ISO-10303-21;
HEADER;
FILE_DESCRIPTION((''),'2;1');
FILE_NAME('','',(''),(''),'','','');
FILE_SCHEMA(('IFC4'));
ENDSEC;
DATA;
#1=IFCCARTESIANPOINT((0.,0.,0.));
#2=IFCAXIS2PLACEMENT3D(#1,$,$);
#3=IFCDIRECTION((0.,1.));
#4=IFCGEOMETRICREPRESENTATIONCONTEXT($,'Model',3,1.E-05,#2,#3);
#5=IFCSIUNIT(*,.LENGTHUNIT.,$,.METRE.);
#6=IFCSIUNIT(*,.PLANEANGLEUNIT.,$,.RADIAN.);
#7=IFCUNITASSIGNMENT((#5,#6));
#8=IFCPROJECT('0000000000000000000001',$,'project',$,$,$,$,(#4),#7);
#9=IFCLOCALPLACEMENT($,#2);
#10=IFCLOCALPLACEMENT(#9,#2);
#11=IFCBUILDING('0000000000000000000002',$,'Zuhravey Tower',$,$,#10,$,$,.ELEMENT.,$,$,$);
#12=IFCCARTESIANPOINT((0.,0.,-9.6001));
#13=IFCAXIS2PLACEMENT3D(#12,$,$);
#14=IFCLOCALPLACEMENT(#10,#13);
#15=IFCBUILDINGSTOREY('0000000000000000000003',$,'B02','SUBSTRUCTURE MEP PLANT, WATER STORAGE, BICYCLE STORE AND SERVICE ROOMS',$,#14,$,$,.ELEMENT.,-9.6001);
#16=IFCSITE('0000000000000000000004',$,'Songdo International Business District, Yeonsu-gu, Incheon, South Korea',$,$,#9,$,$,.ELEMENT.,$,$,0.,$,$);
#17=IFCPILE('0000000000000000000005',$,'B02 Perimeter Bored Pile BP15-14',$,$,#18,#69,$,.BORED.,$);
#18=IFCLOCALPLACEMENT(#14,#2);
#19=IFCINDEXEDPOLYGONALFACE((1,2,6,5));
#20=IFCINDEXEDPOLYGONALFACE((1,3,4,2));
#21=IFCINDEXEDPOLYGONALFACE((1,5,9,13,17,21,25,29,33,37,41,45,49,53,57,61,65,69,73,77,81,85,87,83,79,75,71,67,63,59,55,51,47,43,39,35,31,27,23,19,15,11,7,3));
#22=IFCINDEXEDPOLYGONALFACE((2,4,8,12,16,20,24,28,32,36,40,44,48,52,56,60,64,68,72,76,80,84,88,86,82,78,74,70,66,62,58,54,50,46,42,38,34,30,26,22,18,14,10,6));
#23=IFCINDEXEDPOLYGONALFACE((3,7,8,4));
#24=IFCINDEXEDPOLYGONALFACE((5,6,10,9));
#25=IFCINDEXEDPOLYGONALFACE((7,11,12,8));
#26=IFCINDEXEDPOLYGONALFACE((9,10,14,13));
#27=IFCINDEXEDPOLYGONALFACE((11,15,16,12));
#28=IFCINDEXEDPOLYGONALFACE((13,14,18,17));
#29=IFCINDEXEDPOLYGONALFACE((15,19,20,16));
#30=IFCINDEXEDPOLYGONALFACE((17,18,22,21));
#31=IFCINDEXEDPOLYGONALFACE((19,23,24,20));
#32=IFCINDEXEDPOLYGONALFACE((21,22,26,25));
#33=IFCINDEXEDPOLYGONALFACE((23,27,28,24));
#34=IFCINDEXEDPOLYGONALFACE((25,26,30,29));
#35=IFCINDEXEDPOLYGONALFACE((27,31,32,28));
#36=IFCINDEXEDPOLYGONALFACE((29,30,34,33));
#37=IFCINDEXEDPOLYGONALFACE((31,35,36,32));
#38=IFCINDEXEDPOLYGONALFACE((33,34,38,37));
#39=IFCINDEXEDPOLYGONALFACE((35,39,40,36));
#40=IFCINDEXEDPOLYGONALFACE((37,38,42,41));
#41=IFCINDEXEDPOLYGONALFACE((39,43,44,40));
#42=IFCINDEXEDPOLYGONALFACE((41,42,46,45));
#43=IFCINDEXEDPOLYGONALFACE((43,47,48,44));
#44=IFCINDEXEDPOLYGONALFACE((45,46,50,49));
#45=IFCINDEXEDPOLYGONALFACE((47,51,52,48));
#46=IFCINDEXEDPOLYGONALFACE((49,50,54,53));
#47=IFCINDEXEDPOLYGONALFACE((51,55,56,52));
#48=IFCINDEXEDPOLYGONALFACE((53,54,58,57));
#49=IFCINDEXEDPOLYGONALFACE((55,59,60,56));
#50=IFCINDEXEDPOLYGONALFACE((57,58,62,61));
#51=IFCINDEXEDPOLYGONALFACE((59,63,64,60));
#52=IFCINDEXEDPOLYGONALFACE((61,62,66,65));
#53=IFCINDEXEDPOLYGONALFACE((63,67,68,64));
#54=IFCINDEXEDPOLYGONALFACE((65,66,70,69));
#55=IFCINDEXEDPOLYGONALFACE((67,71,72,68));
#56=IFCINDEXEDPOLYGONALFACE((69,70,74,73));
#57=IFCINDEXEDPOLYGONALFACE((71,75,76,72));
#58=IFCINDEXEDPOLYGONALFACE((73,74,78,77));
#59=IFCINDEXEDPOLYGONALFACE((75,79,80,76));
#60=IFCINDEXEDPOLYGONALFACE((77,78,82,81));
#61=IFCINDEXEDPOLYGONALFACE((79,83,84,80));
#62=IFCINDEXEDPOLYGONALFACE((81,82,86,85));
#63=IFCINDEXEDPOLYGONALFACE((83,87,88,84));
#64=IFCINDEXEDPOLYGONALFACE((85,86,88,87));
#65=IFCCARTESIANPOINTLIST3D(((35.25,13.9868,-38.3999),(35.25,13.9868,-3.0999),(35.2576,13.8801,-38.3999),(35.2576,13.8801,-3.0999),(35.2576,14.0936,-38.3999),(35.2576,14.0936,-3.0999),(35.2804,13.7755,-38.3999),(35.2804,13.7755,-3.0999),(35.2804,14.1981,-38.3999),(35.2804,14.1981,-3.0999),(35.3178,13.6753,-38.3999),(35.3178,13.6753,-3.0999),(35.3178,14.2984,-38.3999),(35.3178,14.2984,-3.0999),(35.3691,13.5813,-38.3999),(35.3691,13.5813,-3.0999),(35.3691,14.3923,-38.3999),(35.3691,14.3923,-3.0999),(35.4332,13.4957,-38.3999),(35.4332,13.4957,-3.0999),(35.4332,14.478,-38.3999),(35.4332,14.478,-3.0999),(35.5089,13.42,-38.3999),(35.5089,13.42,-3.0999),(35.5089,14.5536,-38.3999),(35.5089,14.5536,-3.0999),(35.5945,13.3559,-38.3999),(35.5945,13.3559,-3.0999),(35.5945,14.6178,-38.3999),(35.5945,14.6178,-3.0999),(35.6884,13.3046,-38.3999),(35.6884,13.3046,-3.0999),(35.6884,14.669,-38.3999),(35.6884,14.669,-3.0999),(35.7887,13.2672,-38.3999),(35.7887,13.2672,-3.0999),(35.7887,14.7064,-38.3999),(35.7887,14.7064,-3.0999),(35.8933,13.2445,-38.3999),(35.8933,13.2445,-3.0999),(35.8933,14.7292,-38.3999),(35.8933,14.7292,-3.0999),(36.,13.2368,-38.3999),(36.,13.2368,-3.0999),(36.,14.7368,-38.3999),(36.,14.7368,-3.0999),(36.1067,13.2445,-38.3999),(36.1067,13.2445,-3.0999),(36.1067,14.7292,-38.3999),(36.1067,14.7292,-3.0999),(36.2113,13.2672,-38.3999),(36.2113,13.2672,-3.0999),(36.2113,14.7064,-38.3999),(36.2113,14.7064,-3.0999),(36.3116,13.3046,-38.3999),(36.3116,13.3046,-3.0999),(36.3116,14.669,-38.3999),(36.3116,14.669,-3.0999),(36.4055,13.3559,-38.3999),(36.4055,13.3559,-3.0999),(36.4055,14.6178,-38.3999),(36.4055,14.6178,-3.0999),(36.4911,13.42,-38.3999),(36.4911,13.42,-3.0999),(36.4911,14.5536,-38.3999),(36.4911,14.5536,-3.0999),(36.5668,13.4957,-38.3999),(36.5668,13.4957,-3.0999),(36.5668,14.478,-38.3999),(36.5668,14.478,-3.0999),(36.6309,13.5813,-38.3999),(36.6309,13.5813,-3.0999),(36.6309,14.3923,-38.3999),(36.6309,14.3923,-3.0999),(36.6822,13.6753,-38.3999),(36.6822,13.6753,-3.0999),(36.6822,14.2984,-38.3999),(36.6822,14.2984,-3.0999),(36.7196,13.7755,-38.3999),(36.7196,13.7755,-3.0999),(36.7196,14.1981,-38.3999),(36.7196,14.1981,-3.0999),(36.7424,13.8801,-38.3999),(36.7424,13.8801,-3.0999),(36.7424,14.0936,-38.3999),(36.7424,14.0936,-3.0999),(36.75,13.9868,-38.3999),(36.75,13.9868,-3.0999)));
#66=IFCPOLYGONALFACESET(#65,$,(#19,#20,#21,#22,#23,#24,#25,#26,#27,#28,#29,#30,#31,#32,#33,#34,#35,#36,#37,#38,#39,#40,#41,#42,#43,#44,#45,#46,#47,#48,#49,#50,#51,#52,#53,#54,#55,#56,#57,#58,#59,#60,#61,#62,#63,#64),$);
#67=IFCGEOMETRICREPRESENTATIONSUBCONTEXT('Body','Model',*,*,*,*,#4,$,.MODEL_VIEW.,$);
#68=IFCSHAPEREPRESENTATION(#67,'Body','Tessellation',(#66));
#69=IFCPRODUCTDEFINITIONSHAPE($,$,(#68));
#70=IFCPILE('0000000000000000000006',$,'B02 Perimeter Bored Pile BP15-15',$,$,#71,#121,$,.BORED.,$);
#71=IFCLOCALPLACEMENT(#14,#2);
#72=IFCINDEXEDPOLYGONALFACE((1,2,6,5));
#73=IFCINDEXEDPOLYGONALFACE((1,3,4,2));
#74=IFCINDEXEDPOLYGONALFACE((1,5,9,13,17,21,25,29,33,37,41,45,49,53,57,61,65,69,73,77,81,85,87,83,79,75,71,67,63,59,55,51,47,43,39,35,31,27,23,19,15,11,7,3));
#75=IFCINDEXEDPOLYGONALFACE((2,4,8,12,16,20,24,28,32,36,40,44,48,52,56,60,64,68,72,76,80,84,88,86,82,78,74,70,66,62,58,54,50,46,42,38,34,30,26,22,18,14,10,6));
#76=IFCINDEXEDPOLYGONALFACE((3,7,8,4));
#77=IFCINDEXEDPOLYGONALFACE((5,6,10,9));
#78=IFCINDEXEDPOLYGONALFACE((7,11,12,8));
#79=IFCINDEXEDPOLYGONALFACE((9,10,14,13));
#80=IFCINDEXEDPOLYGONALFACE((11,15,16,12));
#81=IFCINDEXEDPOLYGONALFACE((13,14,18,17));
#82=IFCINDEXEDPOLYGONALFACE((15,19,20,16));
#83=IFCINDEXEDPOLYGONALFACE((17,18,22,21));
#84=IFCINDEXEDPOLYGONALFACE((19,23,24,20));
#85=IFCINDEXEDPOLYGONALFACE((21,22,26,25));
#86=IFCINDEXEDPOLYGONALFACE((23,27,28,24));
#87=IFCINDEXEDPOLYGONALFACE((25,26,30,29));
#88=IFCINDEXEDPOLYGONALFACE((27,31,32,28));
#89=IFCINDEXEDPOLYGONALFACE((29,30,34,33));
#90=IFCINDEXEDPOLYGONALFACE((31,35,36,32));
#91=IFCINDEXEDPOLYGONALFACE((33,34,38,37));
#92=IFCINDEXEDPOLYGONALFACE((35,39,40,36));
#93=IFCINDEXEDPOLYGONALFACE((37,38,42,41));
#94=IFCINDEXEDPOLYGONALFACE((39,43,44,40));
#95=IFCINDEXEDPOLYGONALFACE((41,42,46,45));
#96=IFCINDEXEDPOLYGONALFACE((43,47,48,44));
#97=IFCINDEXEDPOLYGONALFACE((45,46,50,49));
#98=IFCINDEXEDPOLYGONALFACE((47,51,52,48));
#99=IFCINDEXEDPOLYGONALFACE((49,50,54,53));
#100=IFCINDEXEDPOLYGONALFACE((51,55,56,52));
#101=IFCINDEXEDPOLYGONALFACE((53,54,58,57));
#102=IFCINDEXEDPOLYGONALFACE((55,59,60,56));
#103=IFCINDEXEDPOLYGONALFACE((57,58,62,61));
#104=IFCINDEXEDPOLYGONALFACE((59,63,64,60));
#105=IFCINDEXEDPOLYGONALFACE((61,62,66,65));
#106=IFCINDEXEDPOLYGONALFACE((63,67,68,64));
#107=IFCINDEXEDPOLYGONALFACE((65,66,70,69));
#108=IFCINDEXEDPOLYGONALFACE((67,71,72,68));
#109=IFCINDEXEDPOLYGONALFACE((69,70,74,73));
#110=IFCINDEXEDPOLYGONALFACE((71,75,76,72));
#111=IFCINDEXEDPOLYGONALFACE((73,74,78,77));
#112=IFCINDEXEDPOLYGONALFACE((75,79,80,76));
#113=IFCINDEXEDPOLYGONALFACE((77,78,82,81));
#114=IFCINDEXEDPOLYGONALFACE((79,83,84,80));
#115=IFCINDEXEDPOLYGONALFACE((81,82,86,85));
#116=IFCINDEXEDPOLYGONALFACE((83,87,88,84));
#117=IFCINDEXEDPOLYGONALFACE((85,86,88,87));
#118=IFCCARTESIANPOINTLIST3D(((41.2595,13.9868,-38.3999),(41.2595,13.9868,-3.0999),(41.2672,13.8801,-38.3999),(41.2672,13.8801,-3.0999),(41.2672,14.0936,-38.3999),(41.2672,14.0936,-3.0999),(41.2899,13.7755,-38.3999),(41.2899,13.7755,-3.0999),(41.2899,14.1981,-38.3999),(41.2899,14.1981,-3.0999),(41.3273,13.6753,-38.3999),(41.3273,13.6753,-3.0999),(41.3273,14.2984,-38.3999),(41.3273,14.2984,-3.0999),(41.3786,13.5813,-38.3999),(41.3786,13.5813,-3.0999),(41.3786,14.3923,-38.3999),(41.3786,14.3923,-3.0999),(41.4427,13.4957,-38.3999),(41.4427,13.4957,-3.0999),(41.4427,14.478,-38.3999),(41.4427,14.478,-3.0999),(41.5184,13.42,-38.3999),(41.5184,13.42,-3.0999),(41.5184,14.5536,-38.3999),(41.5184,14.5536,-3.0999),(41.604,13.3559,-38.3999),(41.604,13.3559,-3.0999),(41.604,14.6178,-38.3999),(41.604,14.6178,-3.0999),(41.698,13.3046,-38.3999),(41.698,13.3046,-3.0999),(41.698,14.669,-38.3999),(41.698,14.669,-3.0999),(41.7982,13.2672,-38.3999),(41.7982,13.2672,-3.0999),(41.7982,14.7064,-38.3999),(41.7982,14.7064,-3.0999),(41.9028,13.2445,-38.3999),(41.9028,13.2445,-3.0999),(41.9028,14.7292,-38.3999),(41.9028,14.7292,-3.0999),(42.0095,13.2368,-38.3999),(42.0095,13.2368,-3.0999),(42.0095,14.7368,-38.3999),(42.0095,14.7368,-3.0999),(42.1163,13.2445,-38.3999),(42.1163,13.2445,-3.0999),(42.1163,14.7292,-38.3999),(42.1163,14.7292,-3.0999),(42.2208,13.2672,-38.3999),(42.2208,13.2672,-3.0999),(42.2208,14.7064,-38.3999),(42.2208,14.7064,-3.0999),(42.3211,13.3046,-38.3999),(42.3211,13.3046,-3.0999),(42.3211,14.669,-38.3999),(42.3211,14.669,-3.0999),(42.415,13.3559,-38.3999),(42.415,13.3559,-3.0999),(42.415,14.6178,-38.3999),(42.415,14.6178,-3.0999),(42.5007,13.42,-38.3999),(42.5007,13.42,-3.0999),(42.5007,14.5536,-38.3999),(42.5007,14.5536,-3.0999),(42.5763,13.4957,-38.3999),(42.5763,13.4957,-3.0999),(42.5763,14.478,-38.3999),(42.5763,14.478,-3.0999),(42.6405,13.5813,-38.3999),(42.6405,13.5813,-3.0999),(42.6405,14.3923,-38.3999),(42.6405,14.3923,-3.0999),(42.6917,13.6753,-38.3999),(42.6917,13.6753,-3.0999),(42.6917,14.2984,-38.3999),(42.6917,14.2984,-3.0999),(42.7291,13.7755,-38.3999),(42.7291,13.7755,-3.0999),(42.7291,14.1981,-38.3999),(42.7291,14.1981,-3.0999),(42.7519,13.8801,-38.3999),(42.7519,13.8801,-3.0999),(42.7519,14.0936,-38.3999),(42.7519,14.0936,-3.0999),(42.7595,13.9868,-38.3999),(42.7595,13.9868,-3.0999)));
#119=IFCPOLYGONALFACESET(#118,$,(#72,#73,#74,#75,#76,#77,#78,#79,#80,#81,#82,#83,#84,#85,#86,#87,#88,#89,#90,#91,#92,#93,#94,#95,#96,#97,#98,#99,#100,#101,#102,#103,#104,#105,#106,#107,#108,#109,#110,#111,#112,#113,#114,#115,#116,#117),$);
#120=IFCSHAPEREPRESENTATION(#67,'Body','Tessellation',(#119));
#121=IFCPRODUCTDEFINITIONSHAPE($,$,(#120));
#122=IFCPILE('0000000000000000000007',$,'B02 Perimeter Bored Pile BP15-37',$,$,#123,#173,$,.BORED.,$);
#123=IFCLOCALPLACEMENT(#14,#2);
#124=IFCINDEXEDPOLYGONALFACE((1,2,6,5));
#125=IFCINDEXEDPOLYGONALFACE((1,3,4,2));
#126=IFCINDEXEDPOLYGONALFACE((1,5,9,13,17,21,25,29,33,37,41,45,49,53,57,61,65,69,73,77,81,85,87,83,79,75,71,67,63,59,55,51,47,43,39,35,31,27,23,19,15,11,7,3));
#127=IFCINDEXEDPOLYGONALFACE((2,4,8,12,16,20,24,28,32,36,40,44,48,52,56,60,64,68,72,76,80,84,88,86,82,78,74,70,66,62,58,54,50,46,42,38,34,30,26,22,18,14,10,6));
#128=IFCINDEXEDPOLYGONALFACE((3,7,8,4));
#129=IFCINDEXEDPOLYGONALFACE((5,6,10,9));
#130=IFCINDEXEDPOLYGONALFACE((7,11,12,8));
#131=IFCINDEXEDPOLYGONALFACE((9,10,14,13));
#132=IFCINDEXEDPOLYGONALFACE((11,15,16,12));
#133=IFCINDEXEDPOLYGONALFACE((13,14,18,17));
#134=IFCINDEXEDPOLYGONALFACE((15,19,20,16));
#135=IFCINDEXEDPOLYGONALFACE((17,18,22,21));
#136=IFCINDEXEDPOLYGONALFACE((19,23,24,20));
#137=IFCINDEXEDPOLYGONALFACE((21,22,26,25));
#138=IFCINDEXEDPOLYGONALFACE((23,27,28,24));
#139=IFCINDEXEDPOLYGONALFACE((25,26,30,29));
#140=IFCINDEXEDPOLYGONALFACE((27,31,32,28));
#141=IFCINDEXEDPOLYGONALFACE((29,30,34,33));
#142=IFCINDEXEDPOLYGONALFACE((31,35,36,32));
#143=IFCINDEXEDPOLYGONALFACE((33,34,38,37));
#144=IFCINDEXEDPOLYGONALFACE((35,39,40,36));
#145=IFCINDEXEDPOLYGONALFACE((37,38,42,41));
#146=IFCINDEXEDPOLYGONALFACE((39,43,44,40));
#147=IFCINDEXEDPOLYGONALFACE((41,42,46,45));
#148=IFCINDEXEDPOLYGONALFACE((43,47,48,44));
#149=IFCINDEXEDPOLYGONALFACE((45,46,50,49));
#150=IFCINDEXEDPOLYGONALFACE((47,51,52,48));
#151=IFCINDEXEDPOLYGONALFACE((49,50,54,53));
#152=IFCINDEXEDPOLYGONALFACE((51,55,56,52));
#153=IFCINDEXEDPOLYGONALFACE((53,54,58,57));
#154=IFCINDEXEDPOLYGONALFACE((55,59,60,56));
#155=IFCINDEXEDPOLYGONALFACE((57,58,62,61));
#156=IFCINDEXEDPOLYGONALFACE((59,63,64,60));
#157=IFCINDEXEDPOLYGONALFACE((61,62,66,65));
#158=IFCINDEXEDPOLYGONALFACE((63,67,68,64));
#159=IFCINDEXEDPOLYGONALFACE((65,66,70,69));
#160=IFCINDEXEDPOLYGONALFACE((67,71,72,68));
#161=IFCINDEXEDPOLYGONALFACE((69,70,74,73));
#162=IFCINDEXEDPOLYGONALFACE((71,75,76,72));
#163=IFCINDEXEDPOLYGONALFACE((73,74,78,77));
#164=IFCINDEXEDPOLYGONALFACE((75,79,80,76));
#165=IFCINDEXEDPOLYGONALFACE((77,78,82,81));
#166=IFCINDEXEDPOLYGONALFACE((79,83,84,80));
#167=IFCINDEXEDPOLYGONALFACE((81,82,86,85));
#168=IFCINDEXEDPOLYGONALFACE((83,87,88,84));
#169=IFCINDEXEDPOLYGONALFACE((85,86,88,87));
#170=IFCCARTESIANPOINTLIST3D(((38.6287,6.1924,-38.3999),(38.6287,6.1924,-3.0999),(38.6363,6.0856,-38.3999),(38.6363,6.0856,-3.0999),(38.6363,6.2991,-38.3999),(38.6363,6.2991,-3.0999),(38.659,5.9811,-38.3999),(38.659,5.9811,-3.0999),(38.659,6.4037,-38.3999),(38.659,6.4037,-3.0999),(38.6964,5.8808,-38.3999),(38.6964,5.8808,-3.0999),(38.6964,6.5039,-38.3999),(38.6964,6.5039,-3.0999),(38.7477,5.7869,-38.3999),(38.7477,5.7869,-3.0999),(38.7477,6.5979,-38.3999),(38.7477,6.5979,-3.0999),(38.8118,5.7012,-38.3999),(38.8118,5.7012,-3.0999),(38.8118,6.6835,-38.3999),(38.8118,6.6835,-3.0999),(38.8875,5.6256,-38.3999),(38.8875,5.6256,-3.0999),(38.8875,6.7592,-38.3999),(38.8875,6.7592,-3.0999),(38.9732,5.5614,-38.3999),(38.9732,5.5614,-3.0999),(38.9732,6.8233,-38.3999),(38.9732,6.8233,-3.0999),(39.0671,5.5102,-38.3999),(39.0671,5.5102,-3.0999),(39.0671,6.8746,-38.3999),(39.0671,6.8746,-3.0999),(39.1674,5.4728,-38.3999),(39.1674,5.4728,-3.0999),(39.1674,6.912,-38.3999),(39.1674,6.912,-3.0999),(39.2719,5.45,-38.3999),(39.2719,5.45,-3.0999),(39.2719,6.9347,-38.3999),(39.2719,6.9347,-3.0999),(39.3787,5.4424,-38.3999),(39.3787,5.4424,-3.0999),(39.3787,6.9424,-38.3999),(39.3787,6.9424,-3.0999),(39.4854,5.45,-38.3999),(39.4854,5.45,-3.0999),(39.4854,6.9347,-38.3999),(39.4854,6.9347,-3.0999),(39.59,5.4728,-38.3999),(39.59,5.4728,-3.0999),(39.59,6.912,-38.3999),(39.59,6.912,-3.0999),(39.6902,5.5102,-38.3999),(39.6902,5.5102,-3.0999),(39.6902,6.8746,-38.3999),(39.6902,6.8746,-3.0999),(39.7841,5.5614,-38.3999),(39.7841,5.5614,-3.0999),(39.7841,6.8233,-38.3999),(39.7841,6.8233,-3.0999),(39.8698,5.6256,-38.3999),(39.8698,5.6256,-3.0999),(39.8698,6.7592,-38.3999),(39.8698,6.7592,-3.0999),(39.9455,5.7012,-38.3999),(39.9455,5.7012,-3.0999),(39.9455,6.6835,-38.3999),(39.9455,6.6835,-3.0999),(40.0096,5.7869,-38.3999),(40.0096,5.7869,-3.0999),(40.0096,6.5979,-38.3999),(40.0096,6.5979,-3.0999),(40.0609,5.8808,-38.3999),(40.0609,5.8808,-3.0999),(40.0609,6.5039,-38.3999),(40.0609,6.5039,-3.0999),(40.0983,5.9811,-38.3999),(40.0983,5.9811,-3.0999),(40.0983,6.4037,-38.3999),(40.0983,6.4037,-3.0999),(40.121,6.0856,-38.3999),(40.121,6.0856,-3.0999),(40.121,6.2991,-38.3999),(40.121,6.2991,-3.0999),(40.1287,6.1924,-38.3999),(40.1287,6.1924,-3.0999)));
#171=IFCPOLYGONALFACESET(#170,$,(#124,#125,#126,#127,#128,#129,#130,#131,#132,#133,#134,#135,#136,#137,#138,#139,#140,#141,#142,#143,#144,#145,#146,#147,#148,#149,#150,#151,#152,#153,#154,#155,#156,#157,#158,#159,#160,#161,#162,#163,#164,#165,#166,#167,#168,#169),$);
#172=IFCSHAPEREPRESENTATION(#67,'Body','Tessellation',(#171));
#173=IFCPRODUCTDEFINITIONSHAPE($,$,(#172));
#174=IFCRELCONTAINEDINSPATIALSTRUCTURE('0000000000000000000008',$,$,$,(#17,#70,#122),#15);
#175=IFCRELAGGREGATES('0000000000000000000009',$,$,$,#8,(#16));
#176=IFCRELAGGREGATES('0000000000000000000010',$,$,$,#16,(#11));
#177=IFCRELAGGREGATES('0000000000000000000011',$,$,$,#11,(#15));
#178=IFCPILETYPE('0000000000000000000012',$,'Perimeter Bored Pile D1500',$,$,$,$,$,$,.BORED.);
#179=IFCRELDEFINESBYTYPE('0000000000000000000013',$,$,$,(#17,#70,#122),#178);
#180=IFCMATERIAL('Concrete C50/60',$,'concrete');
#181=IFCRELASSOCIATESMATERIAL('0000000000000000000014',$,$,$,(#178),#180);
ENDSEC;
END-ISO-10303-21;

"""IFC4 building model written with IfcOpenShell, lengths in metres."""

from ifc_helpers import new_model, si_unit, direction, frame, origin, origin_2d, place, context, subcontext, project, spatial, circle, extrude, material, material_profile, profile_set, type_object, element, save


model = new_model("IFC4")

# Units and contexts
model_context = context("Model", 3, precision=1e-05, world=origin(), true_north=direction((0.0, 1.0)))
body_context = subcontext(model_context, "Body", "Model", "MODEL_VIEW")
ifc_project = project(units=[si_unit("LENGTHUNIT", "METRE"), si_unit("PLANEANGLEUNIT", "RADIAN")], contexts=[model_context])

# Site, building, storey
site_placement = place(None, origin())
site = spatial("IfcSite", under=ifc_project, at=site_placement, Name="Songdo International Business District, Yeonsu-gu, Incheon, South Korea", CompositionType="ELEMENT", RefElevation=0.0)
building_placement = place(site_placement, origin())
building = spatial("IfcBuilding", under=site, at=building_placement, Name="Zuhravey Tower", CompositionType="ELEMENT")
storey_placement = place(building_placement, frame((0.0, 0.0, -9.6001)))
storey = spatial("IfcBuildingStorey", under=building, at=storey_placement, Name="B02", Description="SUBSTRUCTURE MEP PLANT, WATER STORAGE, BICYCLE STORE AND SERVICE ROOMS", CompositionType="ELEMENT", Elevation=-9.6001)

# Piles
ifc_material_1 = material(Name="Concrete C50/60", Category="concrete")
ifc_material_profile_1 = material_profile(ifc_material_1, circle(Radius=0.75, at=origin_2d()), Name="PILE-D1500")
ifc_profile_set_1 = profile_set([ifc_material_profile_1], Name="Concrete C50/60")
pile_type = type_object("IfcPileType", Name="Perimeter Bored Pile D1500", PredefinedType="BORED", material=ifc_profile_set_1)
for number, where, z_axis, x_axis, name in (
    (1, (36.0, 13.9868, -3.0999), (0.0, 0.0, -1.0), (1.0, 0.0, 0.0), "B02 Perimeter Bored Pile BP15-14"),
    (2, (42.0095, 13.9868, -3.0999), (0.0, 0.0, -1.0), (1.0, 0.0, 0.0), "B02 Perimeter Bored Pile BP15-15"),
    (3, (39.3787, 6.1924, -3.0999), (0.0, 0.0, -1.0), (1.0, 0.0, 0.0), "B02 Perimeter Bored Pile BP15-37"),
):
    element("IfcPile", number, at=place(storey_placement, frame(where, z_axis=z_axis, x_axis=x_axis)), inside=storey, type_object=pile_type, Name=name, PredefinedType="BORED", context=body_context, shape_type="SweptSolid", body=[
        extrude(circle(Radius=0.75, at=origin_2d()), origin(), (0.0, 0.0, 1.0), 35.3),
    ])

save(model, "model.ifc")
